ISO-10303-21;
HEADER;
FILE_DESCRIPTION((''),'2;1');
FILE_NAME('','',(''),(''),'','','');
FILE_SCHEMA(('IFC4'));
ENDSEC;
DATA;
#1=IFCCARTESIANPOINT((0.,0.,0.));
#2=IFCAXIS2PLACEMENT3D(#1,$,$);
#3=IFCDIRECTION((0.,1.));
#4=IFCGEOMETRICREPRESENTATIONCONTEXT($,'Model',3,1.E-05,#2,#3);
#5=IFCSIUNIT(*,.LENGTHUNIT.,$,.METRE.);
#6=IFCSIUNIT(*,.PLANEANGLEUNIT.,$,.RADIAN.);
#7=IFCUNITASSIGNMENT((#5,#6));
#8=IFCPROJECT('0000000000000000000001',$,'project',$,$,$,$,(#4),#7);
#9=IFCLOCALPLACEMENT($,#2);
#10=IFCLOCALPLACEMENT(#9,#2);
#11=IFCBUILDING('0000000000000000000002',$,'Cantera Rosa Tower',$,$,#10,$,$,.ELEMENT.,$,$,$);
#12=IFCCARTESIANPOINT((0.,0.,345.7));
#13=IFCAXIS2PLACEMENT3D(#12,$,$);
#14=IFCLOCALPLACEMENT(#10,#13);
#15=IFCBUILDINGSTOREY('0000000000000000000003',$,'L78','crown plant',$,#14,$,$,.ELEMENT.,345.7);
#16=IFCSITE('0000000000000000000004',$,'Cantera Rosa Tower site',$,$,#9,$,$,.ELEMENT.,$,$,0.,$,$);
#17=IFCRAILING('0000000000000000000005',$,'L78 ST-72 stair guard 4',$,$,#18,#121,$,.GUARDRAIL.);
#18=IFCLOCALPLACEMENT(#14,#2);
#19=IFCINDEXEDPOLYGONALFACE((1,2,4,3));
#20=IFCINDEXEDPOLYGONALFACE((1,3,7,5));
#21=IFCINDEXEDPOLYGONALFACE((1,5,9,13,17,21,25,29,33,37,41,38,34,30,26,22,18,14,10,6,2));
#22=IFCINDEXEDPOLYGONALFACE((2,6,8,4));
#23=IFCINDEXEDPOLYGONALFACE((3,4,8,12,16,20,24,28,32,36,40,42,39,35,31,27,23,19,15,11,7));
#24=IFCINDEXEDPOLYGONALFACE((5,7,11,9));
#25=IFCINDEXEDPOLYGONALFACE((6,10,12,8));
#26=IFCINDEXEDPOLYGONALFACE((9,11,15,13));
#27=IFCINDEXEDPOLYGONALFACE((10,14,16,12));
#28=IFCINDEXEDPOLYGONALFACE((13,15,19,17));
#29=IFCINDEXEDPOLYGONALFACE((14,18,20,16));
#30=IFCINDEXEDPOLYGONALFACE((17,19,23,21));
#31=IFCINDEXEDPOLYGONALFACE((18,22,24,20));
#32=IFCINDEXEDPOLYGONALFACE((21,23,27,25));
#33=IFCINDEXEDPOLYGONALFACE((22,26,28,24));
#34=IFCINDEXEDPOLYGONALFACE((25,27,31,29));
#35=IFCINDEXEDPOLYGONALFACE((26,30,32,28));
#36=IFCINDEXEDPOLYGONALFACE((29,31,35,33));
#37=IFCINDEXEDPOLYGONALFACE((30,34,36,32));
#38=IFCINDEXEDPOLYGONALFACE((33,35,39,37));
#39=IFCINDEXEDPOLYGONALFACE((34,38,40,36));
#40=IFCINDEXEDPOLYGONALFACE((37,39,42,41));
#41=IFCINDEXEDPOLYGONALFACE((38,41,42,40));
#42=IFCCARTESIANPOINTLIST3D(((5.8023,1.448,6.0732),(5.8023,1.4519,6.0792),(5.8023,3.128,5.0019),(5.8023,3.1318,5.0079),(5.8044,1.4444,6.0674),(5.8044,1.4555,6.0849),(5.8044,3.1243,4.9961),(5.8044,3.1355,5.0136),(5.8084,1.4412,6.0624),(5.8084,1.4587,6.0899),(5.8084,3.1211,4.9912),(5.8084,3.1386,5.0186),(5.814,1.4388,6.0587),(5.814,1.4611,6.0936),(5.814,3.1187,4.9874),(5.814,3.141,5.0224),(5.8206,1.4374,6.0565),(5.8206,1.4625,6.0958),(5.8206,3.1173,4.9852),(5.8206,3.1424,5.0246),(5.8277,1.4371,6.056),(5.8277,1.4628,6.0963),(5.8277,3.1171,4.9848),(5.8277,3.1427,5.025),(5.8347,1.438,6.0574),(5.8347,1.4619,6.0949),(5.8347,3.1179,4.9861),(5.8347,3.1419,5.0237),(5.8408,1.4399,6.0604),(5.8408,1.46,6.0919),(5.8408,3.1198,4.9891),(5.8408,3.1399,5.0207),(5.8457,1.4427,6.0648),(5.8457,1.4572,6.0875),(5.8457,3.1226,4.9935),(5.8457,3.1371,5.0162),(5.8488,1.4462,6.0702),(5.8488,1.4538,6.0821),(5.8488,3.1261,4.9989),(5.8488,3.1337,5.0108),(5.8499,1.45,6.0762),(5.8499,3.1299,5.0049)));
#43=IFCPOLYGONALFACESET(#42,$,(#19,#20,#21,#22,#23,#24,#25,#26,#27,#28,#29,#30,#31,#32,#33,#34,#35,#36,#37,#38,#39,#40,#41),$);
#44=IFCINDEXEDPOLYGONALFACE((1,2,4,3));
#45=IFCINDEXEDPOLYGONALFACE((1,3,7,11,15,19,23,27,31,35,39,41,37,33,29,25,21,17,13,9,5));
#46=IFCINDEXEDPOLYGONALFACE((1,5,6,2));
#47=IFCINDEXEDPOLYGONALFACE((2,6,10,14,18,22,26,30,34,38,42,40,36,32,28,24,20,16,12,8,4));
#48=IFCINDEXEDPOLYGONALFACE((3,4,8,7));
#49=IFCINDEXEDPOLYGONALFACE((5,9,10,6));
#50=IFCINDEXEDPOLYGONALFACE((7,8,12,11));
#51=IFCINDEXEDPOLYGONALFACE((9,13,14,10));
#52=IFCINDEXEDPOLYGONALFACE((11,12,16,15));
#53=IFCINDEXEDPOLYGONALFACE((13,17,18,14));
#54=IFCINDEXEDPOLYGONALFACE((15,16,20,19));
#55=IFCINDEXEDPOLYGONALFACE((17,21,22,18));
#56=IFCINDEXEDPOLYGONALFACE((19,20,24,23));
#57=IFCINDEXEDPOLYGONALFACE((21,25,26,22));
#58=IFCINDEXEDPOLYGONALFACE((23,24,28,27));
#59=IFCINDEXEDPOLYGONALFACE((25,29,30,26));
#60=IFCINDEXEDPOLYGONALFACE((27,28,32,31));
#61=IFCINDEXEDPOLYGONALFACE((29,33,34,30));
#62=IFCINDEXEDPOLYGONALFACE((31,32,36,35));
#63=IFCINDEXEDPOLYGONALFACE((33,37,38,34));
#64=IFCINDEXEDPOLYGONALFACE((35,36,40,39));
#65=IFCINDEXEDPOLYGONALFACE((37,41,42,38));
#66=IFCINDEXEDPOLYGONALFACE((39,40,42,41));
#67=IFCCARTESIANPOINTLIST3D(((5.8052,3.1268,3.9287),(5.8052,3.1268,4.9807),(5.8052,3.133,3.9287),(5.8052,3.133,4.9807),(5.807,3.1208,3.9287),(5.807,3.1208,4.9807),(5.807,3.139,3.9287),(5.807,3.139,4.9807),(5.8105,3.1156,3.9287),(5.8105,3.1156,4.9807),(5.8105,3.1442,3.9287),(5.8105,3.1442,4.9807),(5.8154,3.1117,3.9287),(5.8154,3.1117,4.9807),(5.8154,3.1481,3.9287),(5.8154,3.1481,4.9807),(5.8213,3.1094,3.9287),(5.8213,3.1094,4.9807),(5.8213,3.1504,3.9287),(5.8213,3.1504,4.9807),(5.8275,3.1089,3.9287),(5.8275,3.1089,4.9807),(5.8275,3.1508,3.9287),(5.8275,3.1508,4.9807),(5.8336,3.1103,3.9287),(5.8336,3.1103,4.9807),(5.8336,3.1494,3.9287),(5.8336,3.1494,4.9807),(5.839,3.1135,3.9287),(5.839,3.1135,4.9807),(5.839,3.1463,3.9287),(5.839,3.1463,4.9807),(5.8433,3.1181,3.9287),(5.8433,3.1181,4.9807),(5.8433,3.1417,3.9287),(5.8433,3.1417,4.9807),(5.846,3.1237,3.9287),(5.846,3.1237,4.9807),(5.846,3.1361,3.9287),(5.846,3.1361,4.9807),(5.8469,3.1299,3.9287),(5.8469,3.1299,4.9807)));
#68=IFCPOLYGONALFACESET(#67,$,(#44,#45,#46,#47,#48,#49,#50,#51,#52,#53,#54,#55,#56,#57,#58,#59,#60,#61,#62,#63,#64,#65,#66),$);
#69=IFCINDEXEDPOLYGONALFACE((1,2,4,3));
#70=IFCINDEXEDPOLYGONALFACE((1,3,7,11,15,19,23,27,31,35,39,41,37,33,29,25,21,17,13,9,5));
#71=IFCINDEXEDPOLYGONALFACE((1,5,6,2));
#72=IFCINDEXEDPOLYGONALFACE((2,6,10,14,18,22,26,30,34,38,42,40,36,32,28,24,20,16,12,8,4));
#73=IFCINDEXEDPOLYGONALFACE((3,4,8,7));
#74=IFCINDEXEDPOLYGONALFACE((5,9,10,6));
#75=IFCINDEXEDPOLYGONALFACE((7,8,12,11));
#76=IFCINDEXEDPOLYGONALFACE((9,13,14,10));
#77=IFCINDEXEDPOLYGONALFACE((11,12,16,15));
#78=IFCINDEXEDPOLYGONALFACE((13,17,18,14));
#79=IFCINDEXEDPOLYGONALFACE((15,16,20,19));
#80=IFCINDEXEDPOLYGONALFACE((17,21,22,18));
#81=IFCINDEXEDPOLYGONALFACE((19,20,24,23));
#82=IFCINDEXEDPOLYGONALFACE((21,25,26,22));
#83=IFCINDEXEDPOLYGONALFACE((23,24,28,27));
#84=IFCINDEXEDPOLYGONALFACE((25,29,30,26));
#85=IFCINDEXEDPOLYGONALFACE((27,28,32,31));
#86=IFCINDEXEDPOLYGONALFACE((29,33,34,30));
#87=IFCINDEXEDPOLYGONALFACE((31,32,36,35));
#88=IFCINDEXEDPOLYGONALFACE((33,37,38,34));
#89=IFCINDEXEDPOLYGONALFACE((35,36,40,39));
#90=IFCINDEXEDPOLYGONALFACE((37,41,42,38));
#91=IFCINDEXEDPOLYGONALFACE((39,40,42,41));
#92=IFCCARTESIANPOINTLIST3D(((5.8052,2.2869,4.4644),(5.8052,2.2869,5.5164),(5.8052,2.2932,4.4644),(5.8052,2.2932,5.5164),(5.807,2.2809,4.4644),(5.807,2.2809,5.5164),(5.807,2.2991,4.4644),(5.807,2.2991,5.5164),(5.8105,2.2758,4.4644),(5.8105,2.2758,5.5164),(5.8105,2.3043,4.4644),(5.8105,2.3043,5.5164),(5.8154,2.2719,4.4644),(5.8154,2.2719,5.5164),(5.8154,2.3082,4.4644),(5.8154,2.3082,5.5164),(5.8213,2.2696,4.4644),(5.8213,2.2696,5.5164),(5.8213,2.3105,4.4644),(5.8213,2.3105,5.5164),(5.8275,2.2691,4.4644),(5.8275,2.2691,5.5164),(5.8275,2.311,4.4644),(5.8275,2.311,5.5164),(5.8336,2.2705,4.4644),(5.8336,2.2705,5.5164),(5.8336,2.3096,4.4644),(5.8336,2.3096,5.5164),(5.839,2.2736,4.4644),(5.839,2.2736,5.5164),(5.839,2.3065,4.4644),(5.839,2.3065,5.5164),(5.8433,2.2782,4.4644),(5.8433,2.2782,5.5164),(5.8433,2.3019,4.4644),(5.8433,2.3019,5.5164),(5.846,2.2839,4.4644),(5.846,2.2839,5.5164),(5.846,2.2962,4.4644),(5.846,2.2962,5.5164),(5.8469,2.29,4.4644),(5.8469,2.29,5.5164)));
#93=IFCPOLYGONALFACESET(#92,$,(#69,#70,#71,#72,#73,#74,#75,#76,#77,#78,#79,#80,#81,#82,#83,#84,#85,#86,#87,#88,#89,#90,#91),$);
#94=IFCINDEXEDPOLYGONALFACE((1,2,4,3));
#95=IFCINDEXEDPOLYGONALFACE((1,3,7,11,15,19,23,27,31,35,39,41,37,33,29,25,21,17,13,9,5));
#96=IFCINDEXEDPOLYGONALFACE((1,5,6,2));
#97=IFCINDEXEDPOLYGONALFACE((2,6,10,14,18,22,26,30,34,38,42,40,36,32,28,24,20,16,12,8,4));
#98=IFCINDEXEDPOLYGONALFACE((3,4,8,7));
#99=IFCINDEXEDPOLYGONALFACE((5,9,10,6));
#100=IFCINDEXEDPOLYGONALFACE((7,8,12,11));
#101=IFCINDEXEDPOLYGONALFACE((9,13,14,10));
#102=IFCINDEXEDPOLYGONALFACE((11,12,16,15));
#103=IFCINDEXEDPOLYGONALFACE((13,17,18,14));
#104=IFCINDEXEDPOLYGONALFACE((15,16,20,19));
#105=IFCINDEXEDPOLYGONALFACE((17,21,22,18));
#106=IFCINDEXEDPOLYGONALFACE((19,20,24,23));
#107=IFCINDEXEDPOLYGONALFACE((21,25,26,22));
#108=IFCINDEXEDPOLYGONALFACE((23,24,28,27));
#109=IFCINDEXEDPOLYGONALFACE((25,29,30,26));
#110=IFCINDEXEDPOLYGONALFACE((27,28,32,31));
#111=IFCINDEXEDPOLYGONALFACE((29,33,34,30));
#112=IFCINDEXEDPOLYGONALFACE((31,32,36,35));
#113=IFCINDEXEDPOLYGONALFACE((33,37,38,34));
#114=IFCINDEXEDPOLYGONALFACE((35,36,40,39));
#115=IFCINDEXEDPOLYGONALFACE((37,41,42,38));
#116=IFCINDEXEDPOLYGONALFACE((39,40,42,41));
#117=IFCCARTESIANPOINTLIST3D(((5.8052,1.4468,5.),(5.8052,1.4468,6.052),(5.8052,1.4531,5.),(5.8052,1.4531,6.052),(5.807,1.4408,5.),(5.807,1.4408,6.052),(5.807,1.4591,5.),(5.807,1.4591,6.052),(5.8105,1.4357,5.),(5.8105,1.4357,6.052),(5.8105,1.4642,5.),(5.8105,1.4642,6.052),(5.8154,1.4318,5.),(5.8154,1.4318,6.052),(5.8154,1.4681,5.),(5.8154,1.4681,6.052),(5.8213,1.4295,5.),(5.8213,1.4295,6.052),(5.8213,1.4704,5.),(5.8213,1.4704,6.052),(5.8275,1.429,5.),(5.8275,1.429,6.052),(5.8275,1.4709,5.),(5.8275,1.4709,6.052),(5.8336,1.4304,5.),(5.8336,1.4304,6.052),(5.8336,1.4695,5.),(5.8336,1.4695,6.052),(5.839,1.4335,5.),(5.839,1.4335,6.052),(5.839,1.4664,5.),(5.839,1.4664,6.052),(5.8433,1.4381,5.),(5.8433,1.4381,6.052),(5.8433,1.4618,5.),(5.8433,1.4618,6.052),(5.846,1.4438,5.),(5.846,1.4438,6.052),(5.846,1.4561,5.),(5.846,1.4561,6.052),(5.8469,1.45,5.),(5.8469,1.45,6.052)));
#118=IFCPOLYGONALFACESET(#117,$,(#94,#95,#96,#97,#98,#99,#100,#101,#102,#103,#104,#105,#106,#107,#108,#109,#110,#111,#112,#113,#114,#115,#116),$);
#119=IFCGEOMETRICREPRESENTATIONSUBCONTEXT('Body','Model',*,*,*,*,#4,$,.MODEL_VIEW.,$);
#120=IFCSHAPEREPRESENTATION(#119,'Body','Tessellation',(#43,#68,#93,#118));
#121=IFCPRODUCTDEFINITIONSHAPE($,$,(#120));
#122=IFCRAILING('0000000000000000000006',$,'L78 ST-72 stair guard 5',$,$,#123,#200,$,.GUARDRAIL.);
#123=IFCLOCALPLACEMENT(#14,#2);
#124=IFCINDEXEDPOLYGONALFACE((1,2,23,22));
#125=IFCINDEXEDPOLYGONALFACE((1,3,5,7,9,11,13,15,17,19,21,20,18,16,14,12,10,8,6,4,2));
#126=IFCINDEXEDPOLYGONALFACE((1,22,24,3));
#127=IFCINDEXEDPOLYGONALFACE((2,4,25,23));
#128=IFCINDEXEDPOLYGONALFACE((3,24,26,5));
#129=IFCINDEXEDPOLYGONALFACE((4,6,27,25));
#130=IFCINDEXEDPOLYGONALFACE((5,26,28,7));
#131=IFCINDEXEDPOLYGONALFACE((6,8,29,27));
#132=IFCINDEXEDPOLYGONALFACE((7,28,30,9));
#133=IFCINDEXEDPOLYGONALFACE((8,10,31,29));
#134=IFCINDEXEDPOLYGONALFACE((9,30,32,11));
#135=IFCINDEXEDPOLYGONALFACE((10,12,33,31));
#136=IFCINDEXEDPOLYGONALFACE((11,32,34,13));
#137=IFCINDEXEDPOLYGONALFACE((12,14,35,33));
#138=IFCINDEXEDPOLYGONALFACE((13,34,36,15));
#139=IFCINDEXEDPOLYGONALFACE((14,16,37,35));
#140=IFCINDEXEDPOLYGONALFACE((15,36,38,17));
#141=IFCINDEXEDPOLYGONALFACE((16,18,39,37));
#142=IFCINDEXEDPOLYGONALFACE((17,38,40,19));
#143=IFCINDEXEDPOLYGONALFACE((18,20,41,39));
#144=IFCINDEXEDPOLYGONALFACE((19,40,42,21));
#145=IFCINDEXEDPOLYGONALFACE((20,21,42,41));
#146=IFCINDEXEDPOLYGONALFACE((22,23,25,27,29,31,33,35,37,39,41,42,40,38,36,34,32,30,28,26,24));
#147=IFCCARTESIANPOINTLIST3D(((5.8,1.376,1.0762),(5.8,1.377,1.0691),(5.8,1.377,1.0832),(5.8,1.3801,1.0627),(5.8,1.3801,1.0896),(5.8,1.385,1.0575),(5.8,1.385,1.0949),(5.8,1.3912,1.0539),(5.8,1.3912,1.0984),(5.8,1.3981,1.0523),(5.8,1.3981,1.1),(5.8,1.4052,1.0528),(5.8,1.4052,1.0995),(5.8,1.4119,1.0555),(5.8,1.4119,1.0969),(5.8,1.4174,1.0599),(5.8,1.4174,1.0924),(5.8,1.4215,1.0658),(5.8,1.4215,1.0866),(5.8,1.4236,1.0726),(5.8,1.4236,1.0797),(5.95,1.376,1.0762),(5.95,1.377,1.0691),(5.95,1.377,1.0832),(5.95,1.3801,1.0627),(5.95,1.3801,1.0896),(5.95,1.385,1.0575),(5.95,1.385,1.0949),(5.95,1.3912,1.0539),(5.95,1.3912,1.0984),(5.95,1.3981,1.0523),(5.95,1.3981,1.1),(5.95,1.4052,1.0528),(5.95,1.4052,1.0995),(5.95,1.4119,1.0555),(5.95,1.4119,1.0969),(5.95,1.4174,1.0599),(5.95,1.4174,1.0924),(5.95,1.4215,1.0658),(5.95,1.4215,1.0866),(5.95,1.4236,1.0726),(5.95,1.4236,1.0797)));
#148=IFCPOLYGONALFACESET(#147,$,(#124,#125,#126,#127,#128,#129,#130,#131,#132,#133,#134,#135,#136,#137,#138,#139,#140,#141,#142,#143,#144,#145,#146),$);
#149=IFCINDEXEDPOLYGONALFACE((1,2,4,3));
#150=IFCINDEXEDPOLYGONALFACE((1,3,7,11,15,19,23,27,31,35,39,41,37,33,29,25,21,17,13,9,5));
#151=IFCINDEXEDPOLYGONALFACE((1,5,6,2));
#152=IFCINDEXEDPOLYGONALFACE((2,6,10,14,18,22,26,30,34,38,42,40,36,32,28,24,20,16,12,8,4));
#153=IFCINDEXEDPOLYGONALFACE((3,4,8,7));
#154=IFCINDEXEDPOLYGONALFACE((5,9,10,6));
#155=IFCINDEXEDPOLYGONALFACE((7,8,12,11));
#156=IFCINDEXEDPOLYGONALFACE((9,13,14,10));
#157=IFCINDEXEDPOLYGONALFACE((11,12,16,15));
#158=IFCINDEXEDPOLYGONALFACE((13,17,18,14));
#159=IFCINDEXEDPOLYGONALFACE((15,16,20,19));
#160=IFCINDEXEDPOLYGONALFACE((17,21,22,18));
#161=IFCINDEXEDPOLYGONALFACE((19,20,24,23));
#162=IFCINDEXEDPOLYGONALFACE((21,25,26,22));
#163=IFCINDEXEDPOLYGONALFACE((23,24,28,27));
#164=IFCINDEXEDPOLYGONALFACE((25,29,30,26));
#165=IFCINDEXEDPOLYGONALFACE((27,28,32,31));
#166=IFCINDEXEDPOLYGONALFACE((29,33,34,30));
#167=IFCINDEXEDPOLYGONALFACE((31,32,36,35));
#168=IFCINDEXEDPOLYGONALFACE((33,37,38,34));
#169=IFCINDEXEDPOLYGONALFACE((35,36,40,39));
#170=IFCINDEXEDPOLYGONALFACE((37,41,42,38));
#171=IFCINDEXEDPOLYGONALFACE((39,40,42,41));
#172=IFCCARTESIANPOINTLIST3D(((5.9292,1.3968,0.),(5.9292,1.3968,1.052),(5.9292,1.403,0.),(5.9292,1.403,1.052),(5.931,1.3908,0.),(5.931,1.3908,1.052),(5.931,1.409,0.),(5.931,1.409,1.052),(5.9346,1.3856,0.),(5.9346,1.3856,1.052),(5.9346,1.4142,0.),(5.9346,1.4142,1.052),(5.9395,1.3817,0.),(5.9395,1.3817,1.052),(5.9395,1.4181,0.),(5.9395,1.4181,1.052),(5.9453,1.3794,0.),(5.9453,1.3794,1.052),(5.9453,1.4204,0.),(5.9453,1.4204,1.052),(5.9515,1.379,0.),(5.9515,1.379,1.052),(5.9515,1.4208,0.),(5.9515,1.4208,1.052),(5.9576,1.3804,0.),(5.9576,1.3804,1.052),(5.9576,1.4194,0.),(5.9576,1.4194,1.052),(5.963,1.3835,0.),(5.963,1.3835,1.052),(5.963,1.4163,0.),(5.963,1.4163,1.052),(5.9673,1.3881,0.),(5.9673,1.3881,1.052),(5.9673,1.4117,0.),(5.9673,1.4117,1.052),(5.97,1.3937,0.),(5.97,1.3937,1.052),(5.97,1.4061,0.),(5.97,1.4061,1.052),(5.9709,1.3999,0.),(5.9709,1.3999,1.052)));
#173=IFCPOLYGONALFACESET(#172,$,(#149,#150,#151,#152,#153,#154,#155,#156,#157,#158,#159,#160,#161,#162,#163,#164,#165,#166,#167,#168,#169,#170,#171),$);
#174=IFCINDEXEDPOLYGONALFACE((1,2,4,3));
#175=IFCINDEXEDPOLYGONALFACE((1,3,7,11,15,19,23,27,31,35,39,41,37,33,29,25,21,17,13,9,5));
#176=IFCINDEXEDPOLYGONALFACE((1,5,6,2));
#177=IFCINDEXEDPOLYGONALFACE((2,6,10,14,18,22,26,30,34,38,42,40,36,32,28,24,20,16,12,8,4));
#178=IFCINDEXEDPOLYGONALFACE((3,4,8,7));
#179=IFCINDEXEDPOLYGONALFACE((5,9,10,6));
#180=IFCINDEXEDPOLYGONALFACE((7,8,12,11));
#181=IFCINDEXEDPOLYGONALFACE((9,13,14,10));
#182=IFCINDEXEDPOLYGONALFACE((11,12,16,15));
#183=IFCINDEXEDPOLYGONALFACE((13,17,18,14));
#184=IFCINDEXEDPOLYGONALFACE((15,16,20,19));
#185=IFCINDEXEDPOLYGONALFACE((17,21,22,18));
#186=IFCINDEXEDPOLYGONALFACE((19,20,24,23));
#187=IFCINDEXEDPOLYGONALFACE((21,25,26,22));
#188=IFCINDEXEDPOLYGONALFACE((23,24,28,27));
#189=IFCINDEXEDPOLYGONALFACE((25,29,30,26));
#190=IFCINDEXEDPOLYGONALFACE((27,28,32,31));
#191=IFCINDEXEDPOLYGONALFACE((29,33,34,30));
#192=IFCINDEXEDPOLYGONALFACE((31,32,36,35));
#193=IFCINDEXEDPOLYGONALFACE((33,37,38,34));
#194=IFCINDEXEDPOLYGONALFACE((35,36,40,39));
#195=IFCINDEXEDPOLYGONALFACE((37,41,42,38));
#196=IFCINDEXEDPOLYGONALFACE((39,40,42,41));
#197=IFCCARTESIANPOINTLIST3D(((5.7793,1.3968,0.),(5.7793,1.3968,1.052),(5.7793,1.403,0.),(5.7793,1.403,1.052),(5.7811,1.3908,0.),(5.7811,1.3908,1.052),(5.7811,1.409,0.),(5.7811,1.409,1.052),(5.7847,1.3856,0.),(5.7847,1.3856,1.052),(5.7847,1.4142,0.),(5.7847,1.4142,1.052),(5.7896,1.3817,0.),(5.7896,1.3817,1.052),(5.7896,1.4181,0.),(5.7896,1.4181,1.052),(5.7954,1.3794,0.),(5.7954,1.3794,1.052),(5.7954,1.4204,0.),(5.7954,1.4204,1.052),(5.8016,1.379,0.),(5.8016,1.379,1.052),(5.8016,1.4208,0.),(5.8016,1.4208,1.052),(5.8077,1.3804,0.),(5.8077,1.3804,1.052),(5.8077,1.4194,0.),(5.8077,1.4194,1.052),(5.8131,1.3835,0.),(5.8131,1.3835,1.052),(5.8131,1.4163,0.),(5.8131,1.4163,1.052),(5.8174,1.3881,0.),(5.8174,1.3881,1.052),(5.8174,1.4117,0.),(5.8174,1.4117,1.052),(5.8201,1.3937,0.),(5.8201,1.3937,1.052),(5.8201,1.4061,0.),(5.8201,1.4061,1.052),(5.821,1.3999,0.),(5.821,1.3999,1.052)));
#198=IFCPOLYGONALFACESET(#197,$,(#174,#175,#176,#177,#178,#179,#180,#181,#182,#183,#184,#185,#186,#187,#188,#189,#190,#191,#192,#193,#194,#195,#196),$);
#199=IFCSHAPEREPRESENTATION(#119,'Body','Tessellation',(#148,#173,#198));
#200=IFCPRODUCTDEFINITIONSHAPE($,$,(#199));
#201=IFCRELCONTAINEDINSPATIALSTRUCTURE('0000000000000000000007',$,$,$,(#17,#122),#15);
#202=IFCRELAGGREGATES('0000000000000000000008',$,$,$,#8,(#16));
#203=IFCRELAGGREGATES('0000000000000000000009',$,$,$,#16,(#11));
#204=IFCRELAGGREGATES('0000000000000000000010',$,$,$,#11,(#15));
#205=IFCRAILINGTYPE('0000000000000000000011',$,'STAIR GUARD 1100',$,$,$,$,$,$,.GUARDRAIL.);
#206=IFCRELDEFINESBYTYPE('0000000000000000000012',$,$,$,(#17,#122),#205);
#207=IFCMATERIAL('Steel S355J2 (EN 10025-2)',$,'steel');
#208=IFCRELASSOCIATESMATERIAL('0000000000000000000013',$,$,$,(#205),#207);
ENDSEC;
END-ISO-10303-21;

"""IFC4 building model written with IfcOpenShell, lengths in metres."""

from ifc_helpers import new_model, si_unit, direction, frame, origin, origin_2d, place, context, subcontext, project, spatial, circle, extrude, material, type_object, element, save


model = new_model("IFC4")

# Units and contexts
model_context = context("Model", 3, precision=1e-05, world=origin(), true_north=direction((0.0, 1.0)))
body_context = subcontext(model_context, "Body", "Model", "MODEL_VIEW")
ifc_project = project(units=[si_unit("LENGTHUNIT", "METRE"), si_unit("PLANEANGLEUNIT", "RADIAN")], contexts=[model_context])

# Site, building, storey
site_placement = place(None, origin())
site = spatial("IfcSite", under=ifc_project, at=site_placement, Name="Cantera Rosa Tower site", CompositionType="ELEMENT", RefElevation=0.0)
building_placement = place(site_placement, origin())
building = spatial("IfcBuilding", under=site, at=building_placement, Name="Cantera Rosa Tower", CompositionType="ELEMENT")
storey_placement = place(building_placement, frame((0.0, 0.0, 345.7)))
storey = spatial("IfcBuildingStorey", under=building, at=storey_placement, Name="L78", Description="crown plant", CompositionType="ELEMENT", Elevation=345.7)

# Railings
ifc_material_1 = material(Name="Steel S355J2 (EN 10025-2)", Category="steel")
railing_type_1 = type_object("IfcRailingType", Name="STAIR GUARD 1100", PredefinedType="GUARDRAIL", material=ifc_material_1)
railing_1_placement = place(storey_placement, frame((5.8259, 3.1299, 3.9287)))
element("IfcRailing", 1, at=railing_1_placement, inside=storey, type_object=railing_type_1, Name="L78 ST-72 stair guard 4", PredefinedType="GUARDRAIL", context=body_context, shape_type="SweptSolid", body=[
    extrude(circle(Radius=0.0239, at=origin_2d()), frame((0.0, 0.0, 1.0762), z_axis=(0.0, -0.843152, 0.537676), x_axis=(1.0, 0.0, 0.0)), (0.0, 0.0, 1.0), 1.9924),
    extrude(circle(Radius=0.021, at=origin_2d()), origin(), (0.0, 0.0, 1.0), 1.052),
    extrude(circle(Radius=0.021, at=origin_2d()), frame((0.0, -0.8398, 0.5356)), (0.0, 0.0, 1.0), 1.052),
    extrude(circle(Radius=0.021, at=origin_2d()), frame((0.0, -1.6799, 1.0713)), (0.0, 0.0, 1.0), 1.052),
])
railing_2_placement = place(storey_placement, frame((5.95, 1.3999, 0.0)))
element("IfcRailing", 2, at=railing_2_placement, inside=storey, type_object=railing_type_1, Name="L78 ST-72 stair guard 5", PredefinedType="GUARDRAIL", context=body_context, shape_type="SweptSolid", body=[
    extrude(circle(Radius=0.0239, at=origin_2d()), frame((0.0, 0.0, 1.0762), z_axis=(-1.0, 0.0, 0.0), x_axis=(0.0, -1.0, 0.0)), (0.0, 0.0, 1.0), 0.1499),
    extrude(circle(Radius=0.021, at=origin_2d()), origin(), (0.0, 0.0, 1.0), 1.052),
    extrude(circle(Radius=0.021, at=origin_2d()), frame((-0.1499, 0.0, 0.0)), (0.0, 0.0, 1.0), 1.052),
])

save(model, "model.ifc")
